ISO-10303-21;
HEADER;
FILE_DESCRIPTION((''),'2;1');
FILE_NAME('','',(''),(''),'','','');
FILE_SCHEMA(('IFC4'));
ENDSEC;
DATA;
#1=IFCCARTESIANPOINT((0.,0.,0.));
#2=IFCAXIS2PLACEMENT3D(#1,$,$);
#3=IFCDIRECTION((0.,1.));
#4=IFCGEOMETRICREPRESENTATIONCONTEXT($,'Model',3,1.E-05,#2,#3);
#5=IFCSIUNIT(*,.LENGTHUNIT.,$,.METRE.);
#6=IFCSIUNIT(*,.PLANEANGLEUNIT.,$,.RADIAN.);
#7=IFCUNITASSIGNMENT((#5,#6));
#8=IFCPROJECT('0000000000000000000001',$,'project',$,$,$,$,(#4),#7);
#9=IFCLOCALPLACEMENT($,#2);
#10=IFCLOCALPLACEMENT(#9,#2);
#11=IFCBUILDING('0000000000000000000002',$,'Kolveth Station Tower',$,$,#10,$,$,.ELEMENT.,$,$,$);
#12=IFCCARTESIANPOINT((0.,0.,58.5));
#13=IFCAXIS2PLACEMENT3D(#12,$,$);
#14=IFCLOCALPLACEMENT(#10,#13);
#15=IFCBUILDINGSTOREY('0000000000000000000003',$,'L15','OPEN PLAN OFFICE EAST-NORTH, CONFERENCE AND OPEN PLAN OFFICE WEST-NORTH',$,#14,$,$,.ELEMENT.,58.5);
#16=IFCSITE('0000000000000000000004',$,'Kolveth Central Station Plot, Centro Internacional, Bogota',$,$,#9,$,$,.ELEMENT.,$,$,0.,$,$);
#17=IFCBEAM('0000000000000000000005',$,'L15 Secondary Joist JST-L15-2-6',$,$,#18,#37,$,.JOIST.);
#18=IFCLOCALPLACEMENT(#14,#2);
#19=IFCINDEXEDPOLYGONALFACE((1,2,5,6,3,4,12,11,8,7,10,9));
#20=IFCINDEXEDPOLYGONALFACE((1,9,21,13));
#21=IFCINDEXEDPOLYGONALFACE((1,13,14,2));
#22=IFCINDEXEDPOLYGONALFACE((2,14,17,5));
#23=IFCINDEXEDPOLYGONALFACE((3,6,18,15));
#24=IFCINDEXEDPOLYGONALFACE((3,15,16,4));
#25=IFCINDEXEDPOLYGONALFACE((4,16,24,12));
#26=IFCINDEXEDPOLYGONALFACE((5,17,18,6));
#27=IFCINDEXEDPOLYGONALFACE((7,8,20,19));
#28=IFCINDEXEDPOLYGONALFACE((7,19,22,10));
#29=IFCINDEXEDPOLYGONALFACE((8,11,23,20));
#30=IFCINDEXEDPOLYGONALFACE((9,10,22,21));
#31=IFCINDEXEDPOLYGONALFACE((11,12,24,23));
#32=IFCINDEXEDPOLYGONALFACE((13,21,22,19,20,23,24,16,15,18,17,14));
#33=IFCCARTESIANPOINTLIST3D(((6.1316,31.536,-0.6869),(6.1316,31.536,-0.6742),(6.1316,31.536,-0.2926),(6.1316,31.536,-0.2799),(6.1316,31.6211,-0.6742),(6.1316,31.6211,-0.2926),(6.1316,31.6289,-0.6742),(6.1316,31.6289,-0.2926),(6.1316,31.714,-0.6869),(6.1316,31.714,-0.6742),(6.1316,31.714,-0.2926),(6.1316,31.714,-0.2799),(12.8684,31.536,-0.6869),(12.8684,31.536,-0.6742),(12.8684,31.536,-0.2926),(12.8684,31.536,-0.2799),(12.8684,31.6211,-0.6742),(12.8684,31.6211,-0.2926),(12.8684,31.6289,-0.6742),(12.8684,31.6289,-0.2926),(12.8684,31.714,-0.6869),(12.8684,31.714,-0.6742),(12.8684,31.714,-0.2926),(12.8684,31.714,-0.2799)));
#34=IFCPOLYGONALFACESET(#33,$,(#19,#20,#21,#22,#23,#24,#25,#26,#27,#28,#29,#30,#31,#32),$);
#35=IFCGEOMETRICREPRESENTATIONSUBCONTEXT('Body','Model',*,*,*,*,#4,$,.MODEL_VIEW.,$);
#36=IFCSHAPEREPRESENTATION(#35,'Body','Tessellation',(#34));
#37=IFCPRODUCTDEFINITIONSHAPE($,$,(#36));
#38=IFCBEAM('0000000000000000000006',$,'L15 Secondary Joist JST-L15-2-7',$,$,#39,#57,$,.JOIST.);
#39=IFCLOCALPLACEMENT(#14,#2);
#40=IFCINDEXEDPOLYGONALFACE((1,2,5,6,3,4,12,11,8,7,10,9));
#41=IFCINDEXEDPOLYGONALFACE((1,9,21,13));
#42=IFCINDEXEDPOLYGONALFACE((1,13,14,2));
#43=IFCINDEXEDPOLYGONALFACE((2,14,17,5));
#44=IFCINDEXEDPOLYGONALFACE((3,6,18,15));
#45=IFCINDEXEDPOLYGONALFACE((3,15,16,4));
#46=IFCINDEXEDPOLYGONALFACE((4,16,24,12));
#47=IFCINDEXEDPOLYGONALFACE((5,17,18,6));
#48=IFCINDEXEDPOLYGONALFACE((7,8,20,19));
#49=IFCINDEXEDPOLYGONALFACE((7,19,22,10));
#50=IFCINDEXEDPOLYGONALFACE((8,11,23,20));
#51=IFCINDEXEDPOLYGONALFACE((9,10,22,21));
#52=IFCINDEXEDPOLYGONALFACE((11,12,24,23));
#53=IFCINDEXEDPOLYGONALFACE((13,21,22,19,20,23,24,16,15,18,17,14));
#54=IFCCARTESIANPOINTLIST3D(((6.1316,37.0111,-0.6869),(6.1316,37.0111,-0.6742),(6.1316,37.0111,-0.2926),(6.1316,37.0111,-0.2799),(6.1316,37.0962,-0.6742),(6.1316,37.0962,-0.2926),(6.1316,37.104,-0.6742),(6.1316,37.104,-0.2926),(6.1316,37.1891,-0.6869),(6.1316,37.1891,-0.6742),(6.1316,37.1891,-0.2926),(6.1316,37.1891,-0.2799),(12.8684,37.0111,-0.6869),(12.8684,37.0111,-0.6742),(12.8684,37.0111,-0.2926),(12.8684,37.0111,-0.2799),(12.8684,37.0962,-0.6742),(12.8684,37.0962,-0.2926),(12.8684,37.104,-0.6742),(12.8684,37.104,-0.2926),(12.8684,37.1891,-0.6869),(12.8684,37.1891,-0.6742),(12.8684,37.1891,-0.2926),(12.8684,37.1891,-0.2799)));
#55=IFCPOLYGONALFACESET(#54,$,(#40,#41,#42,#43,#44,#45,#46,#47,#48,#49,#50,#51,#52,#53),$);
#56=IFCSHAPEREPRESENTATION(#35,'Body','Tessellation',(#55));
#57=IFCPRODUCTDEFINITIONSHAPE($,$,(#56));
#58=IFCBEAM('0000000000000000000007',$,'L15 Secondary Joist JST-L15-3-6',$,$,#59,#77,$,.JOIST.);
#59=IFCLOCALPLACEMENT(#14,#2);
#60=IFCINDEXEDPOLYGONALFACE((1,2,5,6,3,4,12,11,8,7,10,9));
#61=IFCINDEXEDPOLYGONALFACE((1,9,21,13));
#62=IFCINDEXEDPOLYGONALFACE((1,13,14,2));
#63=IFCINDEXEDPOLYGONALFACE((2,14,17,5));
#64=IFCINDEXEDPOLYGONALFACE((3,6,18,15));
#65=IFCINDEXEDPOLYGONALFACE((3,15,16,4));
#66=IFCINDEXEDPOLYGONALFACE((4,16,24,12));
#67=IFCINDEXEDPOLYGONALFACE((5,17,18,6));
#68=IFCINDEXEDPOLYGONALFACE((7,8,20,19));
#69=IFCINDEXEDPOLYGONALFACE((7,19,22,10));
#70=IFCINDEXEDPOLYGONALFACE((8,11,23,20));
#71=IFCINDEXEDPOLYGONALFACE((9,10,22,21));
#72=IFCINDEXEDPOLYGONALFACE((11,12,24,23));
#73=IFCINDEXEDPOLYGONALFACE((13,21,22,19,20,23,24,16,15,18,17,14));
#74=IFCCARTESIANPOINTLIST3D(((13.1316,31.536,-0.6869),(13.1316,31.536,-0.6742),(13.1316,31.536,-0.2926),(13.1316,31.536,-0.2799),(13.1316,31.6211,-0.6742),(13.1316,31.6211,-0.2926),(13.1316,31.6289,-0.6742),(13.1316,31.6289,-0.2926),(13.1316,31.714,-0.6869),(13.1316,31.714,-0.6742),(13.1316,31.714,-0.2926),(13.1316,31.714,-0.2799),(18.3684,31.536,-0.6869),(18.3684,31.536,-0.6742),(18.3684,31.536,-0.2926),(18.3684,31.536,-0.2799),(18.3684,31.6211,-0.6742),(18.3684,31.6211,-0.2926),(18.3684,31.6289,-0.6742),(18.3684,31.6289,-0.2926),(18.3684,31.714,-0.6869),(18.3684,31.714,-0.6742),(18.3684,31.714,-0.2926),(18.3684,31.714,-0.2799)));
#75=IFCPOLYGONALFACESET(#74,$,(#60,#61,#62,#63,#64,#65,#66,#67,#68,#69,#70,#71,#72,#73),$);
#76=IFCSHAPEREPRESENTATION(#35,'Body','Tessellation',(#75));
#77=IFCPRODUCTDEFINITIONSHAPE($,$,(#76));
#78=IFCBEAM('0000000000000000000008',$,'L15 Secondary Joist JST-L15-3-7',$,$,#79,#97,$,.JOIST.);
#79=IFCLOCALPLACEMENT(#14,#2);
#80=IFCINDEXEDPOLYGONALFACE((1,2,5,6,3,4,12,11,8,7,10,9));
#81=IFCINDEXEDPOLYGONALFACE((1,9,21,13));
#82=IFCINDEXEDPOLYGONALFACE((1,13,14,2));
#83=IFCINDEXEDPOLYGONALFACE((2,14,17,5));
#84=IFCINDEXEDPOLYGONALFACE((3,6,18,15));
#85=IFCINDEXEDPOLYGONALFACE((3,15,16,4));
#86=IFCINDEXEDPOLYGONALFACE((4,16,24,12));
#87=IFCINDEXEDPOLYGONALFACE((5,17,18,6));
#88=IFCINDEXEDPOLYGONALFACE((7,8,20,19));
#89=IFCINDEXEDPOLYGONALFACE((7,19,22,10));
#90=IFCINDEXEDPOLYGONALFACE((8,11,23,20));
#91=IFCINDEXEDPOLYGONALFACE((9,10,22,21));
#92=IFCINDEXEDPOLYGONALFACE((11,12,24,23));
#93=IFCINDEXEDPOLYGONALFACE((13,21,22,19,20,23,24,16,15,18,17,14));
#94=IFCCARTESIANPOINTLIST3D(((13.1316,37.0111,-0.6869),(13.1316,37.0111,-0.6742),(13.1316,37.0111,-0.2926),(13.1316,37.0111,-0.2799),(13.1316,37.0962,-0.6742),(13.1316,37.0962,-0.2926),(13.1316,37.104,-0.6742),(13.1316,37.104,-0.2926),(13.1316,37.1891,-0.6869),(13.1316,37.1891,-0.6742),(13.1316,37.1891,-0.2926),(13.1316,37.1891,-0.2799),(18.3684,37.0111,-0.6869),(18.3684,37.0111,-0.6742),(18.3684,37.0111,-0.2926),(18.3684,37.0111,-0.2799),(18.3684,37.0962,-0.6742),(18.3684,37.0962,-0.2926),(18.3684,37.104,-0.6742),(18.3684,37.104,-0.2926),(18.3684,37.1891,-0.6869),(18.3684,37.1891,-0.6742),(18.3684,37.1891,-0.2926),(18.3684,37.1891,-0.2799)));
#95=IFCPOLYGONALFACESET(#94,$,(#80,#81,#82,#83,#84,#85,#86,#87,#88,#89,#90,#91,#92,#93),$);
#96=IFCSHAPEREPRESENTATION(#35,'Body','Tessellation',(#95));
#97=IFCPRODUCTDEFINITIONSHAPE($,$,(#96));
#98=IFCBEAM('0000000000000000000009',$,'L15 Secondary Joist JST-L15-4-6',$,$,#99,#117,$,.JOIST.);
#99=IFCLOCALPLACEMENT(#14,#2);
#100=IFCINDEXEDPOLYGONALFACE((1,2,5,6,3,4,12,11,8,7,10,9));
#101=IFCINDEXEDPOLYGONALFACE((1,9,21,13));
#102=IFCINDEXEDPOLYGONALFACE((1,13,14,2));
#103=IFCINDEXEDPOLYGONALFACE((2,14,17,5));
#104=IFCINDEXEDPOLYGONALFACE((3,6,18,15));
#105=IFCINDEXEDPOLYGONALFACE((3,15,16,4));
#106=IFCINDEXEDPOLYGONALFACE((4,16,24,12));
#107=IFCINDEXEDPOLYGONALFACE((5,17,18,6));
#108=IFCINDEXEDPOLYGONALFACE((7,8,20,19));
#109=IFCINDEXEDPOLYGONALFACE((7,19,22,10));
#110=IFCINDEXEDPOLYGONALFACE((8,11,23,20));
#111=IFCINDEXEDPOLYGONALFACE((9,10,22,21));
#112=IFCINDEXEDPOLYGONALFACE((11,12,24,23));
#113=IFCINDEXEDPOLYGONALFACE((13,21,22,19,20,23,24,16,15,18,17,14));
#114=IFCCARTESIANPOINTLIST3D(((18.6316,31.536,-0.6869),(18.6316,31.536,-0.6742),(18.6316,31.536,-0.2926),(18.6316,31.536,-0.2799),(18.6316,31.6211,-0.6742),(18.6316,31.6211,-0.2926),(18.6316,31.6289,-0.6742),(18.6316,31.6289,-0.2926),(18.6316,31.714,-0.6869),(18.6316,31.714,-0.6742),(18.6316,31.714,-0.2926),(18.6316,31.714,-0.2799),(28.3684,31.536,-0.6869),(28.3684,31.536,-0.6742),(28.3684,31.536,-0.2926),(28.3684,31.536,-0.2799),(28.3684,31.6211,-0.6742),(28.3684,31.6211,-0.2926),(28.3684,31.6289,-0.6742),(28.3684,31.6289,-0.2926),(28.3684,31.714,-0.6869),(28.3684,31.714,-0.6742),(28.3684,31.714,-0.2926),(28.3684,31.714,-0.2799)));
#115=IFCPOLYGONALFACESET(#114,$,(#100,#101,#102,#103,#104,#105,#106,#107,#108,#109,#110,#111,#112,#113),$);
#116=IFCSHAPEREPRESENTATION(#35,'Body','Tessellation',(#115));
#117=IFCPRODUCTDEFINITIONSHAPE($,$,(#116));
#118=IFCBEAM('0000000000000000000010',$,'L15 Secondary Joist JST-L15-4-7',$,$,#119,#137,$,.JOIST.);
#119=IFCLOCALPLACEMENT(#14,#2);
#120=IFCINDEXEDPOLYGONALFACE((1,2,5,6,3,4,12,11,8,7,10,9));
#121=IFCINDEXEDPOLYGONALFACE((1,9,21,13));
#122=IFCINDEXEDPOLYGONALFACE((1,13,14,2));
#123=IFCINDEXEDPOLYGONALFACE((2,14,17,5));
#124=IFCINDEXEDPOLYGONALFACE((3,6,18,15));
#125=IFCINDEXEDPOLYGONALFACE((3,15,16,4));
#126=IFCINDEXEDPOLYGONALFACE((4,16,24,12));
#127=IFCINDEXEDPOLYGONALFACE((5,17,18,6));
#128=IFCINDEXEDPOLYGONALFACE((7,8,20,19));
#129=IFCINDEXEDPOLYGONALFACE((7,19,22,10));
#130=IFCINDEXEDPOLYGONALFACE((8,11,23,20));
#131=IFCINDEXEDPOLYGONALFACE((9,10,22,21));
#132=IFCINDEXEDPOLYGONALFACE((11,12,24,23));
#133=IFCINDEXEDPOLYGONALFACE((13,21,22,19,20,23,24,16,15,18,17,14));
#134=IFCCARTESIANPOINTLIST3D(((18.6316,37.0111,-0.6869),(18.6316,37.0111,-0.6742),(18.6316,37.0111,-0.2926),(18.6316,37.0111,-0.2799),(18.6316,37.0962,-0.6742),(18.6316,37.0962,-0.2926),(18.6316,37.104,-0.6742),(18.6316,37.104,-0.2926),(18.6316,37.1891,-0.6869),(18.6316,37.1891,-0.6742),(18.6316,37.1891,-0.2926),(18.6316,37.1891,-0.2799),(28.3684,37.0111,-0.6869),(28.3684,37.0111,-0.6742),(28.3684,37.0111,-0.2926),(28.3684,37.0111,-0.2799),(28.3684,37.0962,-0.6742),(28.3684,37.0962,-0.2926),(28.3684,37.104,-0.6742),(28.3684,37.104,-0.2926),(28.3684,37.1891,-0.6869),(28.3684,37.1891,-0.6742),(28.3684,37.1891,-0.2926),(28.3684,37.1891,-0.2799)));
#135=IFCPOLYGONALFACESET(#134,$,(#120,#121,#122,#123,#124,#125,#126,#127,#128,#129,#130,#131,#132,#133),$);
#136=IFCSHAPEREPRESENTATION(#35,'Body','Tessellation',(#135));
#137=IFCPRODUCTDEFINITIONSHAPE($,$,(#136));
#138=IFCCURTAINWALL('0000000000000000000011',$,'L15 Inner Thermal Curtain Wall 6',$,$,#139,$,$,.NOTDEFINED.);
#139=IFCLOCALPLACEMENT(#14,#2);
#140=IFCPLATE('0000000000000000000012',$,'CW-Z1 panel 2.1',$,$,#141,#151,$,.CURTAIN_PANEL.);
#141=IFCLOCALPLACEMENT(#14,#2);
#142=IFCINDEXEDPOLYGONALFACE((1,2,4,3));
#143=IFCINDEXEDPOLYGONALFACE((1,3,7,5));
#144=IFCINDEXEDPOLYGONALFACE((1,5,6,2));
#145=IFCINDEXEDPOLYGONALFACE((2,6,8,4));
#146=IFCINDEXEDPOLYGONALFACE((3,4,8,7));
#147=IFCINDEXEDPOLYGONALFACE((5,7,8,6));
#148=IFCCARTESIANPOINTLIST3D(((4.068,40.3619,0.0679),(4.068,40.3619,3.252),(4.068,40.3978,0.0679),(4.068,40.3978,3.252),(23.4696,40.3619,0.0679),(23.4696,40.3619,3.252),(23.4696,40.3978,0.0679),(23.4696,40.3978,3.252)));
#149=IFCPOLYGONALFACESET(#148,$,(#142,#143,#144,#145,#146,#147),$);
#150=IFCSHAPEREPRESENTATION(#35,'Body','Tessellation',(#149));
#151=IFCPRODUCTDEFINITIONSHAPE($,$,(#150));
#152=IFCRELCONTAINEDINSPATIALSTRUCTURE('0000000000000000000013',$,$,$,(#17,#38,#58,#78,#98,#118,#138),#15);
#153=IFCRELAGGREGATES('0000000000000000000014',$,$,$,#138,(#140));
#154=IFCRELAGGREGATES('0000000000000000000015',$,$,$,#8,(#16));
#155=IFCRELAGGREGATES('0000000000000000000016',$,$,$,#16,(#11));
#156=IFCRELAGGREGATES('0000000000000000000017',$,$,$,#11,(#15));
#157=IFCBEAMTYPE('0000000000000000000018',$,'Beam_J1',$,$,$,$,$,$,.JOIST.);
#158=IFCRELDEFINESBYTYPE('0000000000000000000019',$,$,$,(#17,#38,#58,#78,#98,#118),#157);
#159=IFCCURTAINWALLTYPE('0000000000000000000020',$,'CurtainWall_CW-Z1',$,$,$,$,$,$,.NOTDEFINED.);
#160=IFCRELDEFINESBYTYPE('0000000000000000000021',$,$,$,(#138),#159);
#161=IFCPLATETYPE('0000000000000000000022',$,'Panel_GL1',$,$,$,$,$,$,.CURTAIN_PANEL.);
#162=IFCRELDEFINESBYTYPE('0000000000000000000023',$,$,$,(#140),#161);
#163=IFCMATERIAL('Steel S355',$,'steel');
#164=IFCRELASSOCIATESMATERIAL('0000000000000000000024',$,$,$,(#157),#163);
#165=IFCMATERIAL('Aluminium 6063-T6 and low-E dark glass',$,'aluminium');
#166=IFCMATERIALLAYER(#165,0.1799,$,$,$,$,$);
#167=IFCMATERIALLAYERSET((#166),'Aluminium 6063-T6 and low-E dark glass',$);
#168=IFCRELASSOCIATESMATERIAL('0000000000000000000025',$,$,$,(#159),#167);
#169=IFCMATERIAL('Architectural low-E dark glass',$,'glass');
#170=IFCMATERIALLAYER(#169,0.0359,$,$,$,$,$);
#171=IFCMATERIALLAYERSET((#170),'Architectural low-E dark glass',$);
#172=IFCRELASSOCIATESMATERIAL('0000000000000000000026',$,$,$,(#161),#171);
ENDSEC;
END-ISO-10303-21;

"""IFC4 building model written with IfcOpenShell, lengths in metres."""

from ifc_helpers import new_model, si_unit, direction, frame, origin, origin_2d, place, context, subcontext, project, spatial, rectangle, i_section, extrude, source, transform, mapped, material, layer, layer_set, material_profile, profile_set, type_object, element, aggregate, save


model = new_model("IFC4")

# Units and contexts
model_context = context("Model", 3, precision=1e-05, world=origin(), true_north=direction((0.0, 1.0)))
body_context = subcontext(model_context, "Body", "Model", "MODEL_VIEW")
ifc_project = project(units=[si_unit("LENGTHUNIT", "METRE"), si_unit("PLANEANGLEUNIT", "RADIAN")], contexts=[model_context])

# Site, building, storey
site_placement = place(None, origin())
site = spatial("IfcSite", under=ifc_project, at=site_placement, Name="Kolveth Central Station Plot, Centro Internacional, Bogota", CompositionType="ELEMENT", RefElevation=0.0)
building_placement = place(site_placement, origin())
building = spatial("IfcBuilding", under=site, at=building_placement, Name="Kolveth Station Tower", CompositionType="ELEMENT")
storey_placement = place(building_placement, frame((0.0, 0.0, 58.5)))
storey = spatial("IfcBuildingStorey", under=building, at=storey_placement, Name="L15", Description="OPEN PLAN OFFICE EAST-NORTH, CONFERENCE AND OPEN PLAN OFFICE WEST-NORTH", CompositionType="ELEMENT", Elevation=58.5)

# Shared definitions
ifc_material_1 = material(Name="Steel S355", Category="steel")

# Beams
ifc_material_profile_1 = material_profile(ifc_material_1, i_section(OverallWidth=0.178, OverallDepth=0.407, WebThickness=0.0078, FlangeThickness=0.0127, at=origin_2d()), Name="W410x60")
ifc_profile_set_1 = profile_set([ifc_material_profile_1], Name="Steel S355")
beam_type_1 = type_object("IfcBeamType", Name="Beam_J1", PredefinedType="JOIST", material=ifc_profile_set_1)
shared_shape_1 = source(origin(), body_context, "Body", "SweptSolid", [
    extrude(i_section(OverallWidth=0.178, OverallDepth=0.407, WebThickness=0.0078, FlangeThickness=0.0127, at=origin_2d()), origin(), (0.0, 0.0, 1.0), 6.7368),
])
for number, where, z_axis, x_axis, name in (
    (1, (6.1316, 31.625, -0.4834), (1.0, 0.0, 0.0), (0.0, 1.0, 0.0), "L15 Secondary Joist JST-L15-2-6"),
    (2, (6.1316, 37.1001, -0.4834), (1.0, 0.0, 0.0), (0.0, 1.0, 0.0), "L15 Secondary Joist JST-L15-2-7"),
):
    element("IfcBeam", number, at=place(storey_placement, frame(where, z_axis=z_axis, x_axis=x_axis)), inside=storey, type_object=beam_type_1, Name=name, PredefinedType="JOIST", context=body_context, shape_type="MappedRepresentation", body=[
        mapped(shared_shape_1, transform((0.0, 0.0, 0.0), x_axis=(1.0, 0.0, 0.0), y_axis=(0.0, 1.0, 0.0), z_axis=(0.0, 0.0, 1.0), scale=1.0)),
    ])
shared_shape_2 = source(origin(), body_context, "Body", "SweptSolid", [
    extrude(i_section(OverallWidth=0.178, OverallDepth=0.407, WebThickness=0.0078, FlangeThickness=0.0127, at=origin_2d()), origin(), (0.0, 0.0, 1.0), 5.2368),
])
for number, where, z_axis, x_axis, name in (
    (3, (13.1316, 31.625, -0.4834), (1.0, 0.0, 0.0), (0.0, 1.0, 0.0), "L15 Secondary Joist JST-L15-3-6"),
    (4, (13.1316, 37.1001, -0.4834), (1.0, 0.0, 0.0), (0.0, 1.0, 0.0), "L15 Secondary Joist JST-L15-3-7"),
):
    element("IfcBeam", number, at=place(storey_placement, frame(where, z_axis=z_axis, x_axis=x_axis)), inside=storey, type_object=beam_type_1, Name=name, PredefinedType="JOIST", context=body_context, shape_type="MappedRepresentation", body=[
        mapped(shared_shape_2, transform((0.0, 0.0, 0.0), x_axis=(1.0, 0.0, 0.0), y_axis=(0.0, 1.0, 0.0), z_axis=(0.0, 0.0, 1.0), scale=1.0)),
    ])
shared_shape_3 = source(origin(), body_context, "Body", "SweptSolid", [
    extrude(i_section(OverallWidth=0.178, OverallDepth=0.407, WebThickness=0.0078, FlangeThickness=0.0127, at=origin_2d()), origin(), (0.0, 0.0, 1.0), 9.7368),
])
for number, where, z_axis, x_axis, name in (
    (5, (18.6316, 31.625, -0.4834), (1.0, 0.0, 0.0), (0.0, 1.0, 0.0), "L15 Secondary Joist JST-L15-4-6"),
    (6, (18.6316, 37.1001, -0.4834), (1.0, 0.0, 0.0), (0.0, 1.0, 0.0), "L15 Secondary Joist JST-L15-4-7"),
):
    element("IfcBeam", number, at=place(storey_placement, frame(where, z_axis=z_axis, x_axis=x_axis)), inside=storey, type_object=beam_type_1, Name=name, PredefinedType="JOIST", context=body_context, shape_type="MappedRepresentation", body=[
        mapped(shared_shape_3, transform((0.0, 0.0, 0.0), x_axis=(1.0, 0.0, 0.0), y_axis=(0.0, 1.0, 0.0), z_axis=(0.0, 0.0, 1.0), scale=1.0)),
    ])

# Curtain wall, plate
ifc_material_2 = material(Name="Aluminium 6063-T6 and low-E dark glass", Category="aluminium")
ifc_layer_1 = layer(ifc_material_2, 0.1799)
ifc_layer_set_1 = layer_set([ifc_layer_1], Name="Aluminium 6063-T6 and low-E dark glass")
curtain_wall_type = type_object("IfcCurtainWallType", Name="CurtainWall_CW-Z1", PredefinedType="NOTDEFINED", material=ifc_layer_set_1)
curtain_wall_placement = place(storey_placement, origin())
curtain_wall = element("IfcCurtainWall", 7, at=curtain_wall_placement, inside=storey, type_object=curtain_wall_type, Name="L15 Inner Thermal Curtain Wall 6", PredefinedType="NOTDEFINED")
ifc_material_3 = material(Name="Architectural low-E dark glass", Category="glass")
ifc_layer_2 = layer(ifc_material_3, 0.0359)
ifc_layer_set_2 = layer_set([ifc_layer_2], Name="Architectural low-E dark glass")
plate_type = type_object("IfcPlateType", Name="Panel_GL1", PredefinedType="CURTAIN_PANEL", material=ifc_layer_set_2)
shared_shape_4 = source(origin(), body_context, "Body", "SweptSolid", [
    extrude(rectangle(XDim=19.4016, YDim=0.0359, at=origin_2d()), origin(), (0.0, 0.0, 1.0), 3.1841),
])
plate_placement = place(storey_placement, frame((13.7688, 40.3799, 0.0679), z_axis=(0.0, 0.0, 1.0), x_axis=(-1.0, 0.0, 0.0)))
plate = element("IfcPlate", 8, at=plate_placement, type_object=plate_type, Name="CW-Z1 panel 2.1", PredefinedType="CURTAIN_PANEL", context=body_context, shape_type="MappedRepresentation", body=[
    mapped(shared_shape_4, transform((0.0, 0.0, 0.0), x_axis=(1.0, 0.0, 0.0), y_axis=(0.0, 1.0, 0.0), z_axis=(0.0, 0.0, 1.0), scale=1.0)),
])
aggregate(curtain_wall, [plate])

save(model, "model.ifc")
